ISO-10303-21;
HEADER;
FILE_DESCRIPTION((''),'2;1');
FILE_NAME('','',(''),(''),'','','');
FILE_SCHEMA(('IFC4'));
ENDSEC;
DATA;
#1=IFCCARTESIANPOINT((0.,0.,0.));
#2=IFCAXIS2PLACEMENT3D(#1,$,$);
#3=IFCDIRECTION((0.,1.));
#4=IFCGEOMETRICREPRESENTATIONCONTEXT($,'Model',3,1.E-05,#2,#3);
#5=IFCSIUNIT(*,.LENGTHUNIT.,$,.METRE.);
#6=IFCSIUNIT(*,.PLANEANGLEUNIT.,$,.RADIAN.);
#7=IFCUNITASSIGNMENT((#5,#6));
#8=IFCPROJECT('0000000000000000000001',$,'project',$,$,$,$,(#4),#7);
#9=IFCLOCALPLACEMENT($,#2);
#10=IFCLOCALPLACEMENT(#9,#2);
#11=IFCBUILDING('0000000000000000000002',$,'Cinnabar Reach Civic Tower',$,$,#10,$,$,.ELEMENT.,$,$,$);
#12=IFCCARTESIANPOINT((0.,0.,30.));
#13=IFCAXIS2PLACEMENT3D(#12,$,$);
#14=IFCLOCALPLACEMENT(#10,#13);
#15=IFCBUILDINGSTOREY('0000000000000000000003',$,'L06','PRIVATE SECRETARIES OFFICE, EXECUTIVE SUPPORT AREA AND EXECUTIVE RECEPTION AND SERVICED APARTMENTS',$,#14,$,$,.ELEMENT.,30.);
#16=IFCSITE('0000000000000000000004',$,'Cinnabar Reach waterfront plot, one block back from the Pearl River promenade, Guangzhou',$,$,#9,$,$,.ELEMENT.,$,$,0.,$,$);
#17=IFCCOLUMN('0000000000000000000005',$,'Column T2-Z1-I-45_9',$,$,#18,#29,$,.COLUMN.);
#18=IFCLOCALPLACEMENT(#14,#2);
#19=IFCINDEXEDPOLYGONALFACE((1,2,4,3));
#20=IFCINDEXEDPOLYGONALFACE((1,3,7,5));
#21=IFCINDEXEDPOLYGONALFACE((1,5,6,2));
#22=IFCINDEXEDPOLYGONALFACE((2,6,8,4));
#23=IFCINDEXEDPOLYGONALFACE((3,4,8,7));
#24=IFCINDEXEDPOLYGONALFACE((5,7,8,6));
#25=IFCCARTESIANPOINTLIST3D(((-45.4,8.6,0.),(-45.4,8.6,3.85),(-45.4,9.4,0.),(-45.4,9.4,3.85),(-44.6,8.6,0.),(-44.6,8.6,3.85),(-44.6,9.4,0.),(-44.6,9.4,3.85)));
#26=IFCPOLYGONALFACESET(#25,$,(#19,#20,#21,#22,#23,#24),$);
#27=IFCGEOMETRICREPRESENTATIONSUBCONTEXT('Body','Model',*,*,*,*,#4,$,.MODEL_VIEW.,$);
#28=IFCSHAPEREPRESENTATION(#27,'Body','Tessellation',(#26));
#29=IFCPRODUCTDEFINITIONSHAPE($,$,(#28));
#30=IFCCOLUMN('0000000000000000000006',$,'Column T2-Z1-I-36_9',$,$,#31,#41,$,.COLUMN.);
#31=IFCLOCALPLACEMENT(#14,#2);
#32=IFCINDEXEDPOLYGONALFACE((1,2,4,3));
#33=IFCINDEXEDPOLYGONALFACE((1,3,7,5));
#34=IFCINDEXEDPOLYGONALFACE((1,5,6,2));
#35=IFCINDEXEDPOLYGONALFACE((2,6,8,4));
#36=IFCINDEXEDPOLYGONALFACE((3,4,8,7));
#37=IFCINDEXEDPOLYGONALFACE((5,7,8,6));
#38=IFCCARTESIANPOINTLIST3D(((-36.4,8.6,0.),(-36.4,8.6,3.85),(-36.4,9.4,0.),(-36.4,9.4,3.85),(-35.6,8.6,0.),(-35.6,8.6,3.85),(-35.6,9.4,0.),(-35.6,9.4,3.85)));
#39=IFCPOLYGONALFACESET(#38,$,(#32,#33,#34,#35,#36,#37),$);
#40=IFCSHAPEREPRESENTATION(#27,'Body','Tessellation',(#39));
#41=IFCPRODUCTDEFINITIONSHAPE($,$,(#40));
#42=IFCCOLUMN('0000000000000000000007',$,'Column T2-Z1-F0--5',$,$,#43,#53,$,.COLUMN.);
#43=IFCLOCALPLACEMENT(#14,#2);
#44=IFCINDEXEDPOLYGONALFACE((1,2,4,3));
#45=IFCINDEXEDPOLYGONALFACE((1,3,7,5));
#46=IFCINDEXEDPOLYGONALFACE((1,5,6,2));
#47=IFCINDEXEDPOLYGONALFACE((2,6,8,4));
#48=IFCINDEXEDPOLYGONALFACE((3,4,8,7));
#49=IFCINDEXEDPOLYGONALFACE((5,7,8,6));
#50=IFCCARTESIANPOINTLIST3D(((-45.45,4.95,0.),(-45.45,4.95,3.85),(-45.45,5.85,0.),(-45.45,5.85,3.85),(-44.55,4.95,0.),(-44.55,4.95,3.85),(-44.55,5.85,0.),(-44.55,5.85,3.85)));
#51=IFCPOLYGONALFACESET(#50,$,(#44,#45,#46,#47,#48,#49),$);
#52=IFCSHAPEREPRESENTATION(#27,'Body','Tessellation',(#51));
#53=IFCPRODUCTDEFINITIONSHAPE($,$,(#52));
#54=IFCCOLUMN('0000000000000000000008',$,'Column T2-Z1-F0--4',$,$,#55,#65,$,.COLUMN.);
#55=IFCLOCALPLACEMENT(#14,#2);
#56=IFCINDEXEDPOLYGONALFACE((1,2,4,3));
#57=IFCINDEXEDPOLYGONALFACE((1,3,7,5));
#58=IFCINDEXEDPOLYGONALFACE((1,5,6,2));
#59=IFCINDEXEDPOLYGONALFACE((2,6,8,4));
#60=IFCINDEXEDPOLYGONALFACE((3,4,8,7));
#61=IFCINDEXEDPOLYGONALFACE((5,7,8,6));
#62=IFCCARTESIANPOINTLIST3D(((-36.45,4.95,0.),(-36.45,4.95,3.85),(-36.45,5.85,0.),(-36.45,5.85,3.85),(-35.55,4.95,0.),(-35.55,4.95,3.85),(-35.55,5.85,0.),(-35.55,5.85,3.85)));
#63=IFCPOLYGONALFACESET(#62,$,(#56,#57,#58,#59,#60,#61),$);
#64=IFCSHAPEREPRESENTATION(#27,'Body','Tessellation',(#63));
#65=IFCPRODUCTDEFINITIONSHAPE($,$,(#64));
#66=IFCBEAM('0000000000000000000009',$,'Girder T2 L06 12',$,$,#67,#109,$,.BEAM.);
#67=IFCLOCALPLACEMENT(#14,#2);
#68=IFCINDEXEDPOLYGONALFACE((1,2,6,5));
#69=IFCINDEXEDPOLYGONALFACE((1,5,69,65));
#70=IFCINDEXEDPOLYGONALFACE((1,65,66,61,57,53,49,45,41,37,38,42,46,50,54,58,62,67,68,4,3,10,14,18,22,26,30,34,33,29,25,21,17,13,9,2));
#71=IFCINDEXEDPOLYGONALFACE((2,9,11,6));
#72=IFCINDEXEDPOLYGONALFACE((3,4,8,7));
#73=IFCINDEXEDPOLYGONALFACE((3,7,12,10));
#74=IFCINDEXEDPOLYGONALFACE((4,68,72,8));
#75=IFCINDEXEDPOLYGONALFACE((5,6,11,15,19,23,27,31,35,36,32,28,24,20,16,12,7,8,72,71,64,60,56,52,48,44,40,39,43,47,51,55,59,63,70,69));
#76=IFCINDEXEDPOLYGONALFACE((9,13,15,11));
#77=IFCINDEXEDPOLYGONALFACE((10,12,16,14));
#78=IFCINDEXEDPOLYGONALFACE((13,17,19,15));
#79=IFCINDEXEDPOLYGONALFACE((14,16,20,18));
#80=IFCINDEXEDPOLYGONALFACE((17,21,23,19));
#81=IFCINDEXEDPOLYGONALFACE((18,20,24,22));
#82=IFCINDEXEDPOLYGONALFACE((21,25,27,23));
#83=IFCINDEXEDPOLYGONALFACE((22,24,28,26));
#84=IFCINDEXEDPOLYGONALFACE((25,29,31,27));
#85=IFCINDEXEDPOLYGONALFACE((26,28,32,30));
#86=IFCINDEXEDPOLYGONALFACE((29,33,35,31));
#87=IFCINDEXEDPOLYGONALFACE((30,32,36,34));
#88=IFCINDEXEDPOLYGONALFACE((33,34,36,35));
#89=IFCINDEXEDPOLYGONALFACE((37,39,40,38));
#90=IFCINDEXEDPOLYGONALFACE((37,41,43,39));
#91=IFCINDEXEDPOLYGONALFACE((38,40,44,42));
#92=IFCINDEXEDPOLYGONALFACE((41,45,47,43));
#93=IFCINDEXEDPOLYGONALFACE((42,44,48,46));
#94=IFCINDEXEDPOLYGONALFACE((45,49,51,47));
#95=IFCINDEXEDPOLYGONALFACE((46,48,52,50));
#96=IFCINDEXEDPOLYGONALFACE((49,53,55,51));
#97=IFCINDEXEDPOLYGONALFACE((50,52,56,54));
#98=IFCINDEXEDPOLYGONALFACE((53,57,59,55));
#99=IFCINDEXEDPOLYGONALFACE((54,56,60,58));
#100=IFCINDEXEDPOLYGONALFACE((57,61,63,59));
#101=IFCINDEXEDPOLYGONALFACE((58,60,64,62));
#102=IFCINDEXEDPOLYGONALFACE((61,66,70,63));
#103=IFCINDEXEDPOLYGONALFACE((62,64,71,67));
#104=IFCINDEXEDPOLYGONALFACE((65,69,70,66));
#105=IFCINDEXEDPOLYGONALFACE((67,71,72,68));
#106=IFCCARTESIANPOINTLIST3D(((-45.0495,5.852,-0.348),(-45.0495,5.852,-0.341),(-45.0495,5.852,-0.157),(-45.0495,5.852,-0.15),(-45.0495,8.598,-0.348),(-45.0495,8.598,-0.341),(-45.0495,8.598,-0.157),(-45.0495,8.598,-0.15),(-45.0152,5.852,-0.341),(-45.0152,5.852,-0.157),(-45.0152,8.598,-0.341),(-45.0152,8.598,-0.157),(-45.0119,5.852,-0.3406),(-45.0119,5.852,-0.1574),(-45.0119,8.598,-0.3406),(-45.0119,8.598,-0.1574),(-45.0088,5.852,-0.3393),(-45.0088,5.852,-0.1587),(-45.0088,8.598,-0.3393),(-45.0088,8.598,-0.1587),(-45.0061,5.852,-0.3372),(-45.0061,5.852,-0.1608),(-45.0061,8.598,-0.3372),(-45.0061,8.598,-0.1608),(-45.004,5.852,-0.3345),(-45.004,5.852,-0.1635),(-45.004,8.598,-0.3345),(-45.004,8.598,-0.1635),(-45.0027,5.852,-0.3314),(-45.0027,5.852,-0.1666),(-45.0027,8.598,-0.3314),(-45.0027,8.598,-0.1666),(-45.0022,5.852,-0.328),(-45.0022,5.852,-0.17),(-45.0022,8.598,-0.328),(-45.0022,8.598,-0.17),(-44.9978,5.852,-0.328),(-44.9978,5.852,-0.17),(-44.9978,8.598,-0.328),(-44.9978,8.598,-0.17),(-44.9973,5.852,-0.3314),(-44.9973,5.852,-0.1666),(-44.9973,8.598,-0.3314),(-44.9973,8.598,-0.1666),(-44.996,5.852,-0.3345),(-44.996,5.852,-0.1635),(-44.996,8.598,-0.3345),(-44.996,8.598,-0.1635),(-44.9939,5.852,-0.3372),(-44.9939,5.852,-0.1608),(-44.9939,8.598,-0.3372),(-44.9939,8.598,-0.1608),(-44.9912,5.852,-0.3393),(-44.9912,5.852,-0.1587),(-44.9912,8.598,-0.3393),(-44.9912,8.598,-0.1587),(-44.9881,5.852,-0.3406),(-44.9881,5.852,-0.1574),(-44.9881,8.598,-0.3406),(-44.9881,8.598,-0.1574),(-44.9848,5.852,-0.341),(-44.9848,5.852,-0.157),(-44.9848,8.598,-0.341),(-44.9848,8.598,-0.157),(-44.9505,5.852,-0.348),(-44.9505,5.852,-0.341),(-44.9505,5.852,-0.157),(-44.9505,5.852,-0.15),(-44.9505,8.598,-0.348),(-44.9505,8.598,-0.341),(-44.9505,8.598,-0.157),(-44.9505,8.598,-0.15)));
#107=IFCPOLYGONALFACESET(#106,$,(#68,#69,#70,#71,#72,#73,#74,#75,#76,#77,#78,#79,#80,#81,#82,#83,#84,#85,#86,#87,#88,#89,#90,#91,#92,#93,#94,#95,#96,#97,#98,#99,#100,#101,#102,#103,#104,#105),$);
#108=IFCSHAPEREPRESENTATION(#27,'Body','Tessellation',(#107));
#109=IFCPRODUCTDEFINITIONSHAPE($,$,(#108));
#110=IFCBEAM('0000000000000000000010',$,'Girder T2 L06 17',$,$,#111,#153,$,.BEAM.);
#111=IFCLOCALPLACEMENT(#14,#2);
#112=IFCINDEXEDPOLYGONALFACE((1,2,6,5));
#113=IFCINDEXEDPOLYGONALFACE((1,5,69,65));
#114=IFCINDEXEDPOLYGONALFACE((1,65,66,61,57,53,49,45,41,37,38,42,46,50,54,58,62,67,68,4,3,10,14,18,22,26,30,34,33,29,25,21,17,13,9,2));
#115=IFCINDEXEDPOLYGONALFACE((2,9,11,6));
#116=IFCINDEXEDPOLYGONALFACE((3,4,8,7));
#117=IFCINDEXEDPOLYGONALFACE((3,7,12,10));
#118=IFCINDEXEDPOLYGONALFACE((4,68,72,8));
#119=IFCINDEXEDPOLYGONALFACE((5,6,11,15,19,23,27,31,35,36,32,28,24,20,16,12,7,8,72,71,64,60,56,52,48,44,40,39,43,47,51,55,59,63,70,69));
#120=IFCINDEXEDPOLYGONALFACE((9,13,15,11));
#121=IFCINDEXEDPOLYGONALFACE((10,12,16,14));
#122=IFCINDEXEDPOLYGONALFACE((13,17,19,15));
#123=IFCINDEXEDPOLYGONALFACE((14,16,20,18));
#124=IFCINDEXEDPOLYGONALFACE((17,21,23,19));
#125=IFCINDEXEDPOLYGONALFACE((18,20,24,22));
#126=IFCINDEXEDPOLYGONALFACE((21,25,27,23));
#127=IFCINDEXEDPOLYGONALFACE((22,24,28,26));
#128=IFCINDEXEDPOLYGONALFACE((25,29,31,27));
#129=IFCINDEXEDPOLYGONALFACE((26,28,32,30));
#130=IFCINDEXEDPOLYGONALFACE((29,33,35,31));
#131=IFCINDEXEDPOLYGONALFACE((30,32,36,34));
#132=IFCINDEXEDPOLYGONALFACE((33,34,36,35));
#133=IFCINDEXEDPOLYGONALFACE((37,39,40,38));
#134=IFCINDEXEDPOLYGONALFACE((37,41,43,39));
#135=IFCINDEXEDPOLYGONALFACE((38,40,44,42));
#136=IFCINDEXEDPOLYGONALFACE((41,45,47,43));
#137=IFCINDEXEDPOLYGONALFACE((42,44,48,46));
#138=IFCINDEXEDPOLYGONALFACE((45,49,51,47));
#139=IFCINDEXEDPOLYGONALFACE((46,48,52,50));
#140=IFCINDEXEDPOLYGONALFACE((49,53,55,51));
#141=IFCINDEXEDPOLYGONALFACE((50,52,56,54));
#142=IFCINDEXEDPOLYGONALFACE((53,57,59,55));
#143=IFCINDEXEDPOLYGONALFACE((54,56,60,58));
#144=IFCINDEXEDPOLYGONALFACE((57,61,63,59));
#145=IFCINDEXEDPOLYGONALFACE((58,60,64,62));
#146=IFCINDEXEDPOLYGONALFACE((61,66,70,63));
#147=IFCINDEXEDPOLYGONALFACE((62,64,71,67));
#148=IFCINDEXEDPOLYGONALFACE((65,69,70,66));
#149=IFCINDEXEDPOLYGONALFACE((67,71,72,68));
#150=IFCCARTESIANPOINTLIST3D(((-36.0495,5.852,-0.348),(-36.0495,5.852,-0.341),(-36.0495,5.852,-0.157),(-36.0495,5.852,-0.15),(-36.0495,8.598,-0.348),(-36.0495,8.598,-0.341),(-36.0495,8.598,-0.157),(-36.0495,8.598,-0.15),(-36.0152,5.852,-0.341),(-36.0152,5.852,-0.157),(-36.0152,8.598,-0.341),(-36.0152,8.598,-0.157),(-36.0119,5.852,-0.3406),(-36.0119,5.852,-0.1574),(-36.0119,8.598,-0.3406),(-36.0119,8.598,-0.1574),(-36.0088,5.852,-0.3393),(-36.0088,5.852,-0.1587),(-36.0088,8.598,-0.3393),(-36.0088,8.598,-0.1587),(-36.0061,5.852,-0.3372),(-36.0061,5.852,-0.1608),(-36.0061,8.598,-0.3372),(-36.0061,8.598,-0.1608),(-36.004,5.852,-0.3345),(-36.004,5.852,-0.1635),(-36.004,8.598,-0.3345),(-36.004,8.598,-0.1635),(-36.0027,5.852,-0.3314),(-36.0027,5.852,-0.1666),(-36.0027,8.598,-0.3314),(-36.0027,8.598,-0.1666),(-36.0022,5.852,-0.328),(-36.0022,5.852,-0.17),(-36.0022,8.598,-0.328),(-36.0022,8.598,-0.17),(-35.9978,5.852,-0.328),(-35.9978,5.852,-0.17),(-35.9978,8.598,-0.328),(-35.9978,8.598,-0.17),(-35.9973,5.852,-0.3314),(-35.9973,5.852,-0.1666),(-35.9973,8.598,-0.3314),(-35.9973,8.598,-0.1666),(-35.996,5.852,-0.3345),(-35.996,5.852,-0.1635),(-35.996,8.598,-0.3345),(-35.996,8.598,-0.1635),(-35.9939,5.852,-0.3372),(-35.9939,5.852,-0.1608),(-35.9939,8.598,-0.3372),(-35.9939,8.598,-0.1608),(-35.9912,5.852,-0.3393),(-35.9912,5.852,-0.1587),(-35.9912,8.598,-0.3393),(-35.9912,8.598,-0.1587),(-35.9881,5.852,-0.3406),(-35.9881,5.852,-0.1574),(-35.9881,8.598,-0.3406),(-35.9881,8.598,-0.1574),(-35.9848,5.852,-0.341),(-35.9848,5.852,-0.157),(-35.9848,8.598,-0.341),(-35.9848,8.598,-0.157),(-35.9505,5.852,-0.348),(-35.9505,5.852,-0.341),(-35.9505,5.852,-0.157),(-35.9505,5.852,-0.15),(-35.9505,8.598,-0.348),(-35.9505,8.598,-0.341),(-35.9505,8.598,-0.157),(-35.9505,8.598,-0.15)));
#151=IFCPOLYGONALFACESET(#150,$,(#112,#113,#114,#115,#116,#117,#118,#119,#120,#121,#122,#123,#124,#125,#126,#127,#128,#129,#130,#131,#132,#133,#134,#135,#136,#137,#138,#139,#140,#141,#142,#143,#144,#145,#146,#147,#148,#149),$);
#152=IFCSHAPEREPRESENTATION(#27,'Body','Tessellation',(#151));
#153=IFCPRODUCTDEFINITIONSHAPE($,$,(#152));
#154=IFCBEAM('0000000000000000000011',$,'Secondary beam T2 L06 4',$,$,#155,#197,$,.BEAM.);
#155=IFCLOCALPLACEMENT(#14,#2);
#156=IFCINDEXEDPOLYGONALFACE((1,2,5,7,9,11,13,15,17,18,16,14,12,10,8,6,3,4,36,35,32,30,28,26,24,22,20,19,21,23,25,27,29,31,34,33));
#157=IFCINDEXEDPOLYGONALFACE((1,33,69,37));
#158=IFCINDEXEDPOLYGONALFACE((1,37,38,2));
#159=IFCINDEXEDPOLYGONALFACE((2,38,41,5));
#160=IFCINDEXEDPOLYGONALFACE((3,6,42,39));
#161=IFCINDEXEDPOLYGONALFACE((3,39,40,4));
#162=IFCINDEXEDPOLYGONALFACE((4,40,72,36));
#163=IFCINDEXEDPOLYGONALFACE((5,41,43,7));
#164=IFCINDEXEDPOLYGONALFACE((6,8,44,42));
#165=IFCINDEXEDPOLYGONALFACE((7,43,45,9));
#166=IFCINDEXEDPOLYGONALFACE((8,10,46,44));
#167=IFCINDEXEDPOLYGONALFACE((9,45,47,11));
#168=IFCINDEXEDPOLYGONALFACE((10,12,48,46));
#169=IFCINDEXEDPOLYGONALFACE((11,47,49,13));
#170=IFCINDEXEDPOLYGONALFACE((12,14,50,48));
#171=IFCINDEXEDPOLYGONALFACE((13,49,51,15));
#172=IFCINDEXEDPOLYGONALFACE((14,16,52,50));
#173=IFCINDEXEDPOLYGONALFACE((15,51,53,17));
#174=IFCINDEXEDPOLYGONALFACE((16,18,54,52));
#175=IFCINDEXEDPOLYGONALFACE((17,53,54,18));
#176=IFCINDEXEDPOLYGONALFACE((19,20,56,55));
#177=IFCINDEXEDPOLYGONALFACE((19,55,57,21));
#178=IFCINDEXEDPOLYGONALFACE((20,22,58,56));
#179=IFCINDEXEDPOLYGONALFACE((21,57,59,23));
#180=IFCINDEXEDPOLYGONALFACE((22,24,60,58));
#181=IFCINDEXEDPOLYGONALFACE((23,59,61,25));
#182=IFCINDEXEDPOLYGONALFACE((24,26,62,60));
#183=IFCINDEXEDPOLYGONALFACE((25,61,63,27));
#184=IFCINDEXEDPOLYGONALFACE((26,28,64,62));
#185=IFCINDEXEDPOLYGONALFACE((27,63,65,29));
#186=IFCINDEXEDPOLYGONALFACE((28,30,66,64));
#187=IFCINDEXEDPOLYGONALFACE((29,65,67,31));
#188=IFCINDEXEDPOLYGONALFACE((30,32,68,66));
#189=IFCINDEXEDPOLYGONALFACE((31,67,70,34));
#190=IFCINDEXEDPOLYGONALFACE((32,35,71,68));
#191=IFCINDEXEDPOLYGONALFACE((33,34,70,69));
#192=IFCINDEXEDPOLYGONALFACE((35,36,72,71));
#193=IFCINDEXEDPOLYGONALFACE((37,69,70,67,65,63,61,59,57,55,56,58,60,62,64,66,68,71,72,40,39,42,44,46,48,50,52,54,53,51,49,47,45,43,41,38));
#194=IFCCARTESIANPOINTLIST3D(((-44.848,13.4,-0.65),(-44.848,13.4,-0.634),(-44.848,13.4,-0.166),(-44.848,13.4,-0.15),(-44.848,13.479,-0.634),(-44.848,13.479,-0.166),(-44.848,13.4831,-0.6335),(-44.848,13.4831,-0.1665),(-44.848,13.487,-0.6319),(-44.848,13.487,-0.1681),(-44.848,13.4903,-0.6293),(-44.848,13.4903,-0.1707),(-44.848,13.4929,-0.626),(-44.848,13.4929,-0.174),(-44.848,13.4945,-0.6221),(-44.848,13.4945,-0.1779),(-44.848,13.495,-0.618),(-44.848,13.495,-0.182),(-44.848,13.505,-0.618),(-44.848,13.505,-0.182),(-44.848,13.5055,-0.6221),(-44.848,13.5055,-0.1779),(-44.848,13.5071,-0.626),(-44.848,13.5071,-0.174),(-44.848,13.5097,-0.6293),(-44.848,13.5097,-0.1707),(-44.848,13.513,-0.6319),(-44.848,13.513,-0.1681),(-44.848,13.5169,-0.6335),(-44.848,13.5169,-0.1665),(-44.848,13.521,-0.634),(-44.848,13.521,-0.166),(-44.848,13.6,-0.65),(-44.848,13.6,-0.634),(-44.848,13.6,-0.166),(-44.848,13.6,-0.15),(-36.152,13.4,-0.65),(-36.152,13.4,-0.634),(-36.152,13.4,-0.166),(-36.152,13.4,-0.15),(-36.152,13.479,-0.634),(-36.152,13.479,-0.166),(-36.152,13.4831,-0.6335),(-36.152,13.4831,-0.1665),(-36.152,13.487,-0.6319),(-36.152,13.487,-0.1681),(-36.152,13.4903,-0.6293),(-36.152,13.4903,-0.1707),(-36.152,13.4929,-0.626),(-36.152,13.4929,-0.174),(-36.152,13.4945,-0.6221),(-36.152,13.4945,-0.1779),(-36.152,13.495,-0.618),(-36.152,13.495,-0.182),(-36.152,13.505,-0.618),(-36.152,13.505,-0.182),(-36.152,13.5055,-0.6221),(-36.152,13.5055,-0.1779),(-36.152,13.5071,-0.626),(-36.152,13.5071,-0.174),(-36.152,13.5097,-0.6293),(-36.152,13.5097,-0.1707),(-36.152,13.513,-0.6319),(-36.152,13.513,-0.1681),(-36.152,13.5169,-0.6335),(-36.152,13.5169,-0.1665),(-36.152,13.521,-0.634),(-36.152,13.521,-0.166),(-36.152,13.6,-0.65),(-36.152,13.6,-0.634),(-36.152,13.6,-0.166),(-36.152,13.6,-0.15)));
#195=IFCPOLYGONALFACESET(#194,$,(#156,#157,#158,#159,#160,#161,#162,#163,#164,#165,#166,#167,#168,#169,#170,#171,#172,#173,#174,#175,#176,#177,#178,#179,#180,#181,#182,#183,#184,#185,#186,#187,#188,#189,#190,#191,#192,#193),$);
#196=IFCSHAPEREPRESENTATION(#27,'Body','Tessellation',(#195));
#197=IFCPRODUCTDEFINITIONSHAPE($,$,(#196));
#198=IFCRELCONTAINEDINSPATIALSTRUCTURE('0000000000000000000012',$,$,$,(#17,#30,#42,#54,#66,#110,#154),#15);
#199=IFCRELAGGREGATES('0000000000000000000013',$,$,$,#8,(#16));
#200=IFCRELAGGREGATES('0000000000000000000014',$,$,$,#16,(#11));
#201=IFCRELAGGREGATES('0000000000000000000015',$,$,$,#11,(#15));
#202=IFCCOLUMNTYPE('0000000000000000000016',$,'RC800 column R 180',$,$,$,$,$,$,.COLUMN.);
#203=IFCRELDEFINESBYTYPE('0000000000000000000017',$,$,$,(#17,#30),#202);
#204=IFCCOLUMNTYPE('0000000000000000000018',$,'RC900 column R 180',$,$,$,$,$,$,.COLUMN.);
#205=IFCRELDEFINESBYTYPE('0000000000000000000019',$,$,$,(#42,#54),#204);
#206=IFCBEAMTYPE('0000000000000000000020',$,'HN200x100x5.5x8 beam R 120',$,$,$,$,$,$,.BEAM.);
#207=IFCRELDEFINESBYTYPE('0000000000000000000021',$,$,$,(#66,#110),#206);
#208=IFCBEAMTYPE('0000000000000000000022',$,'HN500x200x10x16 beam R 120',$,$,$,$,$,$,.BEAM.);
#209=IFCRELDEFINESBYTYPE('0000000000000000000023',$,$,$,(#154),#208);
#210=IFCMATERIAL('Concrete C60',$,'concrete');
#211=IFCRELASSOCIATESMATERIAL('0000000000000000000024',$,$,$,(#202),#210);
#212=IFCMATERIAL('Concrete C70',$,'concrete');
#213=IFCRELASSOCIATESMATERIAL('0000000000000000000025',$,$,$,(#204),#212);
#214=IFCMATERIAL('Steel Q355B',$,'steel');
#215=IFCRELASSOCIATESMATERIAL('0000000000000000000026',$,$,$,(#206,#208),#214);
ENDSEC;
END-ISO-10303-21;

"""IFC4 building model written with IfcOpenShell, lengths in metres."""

from ifc_helpers import new_model, si_unit, direction, frame, origin, origin_2d, place, context, subcontext, project, spatial, rectangle, i_section, extrude, material, material_profile, profile_set, type_object, element, save


model = new_model("IFC4")

# Units and contexts
model_context = context("Model", 3, precision=1e-05, world=origin(), true_north=direction((0.0, 1.0)))
body_context = subcontext(model_context, "Body", "Model", "MODEL_VIEW")
ifc_project = project(units=[si_unit("LENGTHUNIT", "METRE"), si_unit("PLANEANGLEUNIT", "RADIAN")], contexts=[model_context])

# Site, building, storey
site_placement = place(None, origin())
site = spatial("IfcSite", under=ifc_project, at=site_placement, Name="Cinnabar Reach waterfront plot, one block back from the Pearl River promenade, Guangzhou", CompositionType="ELEMENT", RefElevation=0.0)
building_placement = place(site_placement, origin())
building = spatial("IfcBuilding", under=site, at=building_placement, Name="Cinnabar Reach Civic Tower", CompositionType="ELEMENT")
storey_placement = place(building_placement, frame((0.0, 0.0, 30.0)))
storey = spatial("IfcBuildingStorey", under=building, at=storey_placement, Name="L06", Description="PRIVATE SECRETARIES OFFICE, EXECUTIVE SUPPORT AREA AND EXECUTIVE RECEPTION AND SERVICED APARTMENTS", CompositionType="ELEMENT", Elevation=30.0)

# Columns
ifc_material_1 = material(Name="Concrete C60", Category="concrete")
ifc_material_profile_1 = material_profile(ifc_material_1, rectangle(XDim=0.8, YDim=0.8, at=origin_2d()), Name="RC800")
ifc_profile_set_1 = profile_set([ifc_material_profile_1], Name="Concrete C60")
column_type_1 = type_object("IfcColumnType", Name="RC800 column R 180", PredefinedType="COLUMN", material=ifc_profile_set_1)
for number, where, z_axis, x_axis, name in (
    (1, (-45.0, 9.0, 0.0), (0.0, 0.0, 1.0), (1.0, 0.0, 0.0), "Column T2-Z1-I-45_9"),
    (2, (-36.0, 9.0, 0.0), (0.0, 0.0, 1.0), (1.0, 0.0, 0.0), "Column T2-Z1-I-36_9"),
):
    element("IfcColumn", number, at=place(storey_placement, frame(where, z_axis=z_axis, x_axis=x_axis)), inside=storey, type_object=column_type_1, Name=name, PredefinedType="COLUMN", context=body_context, shape_type="SweptSolid", body=[
        extrude(rectangle(XDim=0.8, YDim=0.8, at=origin_2d()), origin(), (0.0, 0.0, 1.0), 3.85),
    ])
ifc_material_2 = material(Name="Concrete C70", Category="concrete")
ifc_material_profile_2 = material_profile(ifc_material_2, rectangle(XDim=0.9, YDim=0.9, at=origin_2d()), Name="RC900")
ifc_profile_set_2 = profile_set([ifc_material_profile_2], Name="Concrete C70")
column_type_2 = type_object("IfcColumnType", Name="RC900 column R 180", PredefinedType="COLUMN", material=ifc_profile_set_2)
for number, where, z_axis, x_axis, name in (
    (3, (-45.0, 5.4, 0.0), (0.0, 0.0, 1.0), (1.0, 0.0, 0.0), "Column T2-Z1-F0--5"),
    (4, (-36.0, 5.4, 0.0), (0.0, 0.0, 1.0), (1.0, 0.0, 0.0), "Column T2-Z1-F0--4"),
):
    element("IfcColumn", number, at=place(storey_placement, frame(where, z_axis=z_axis, x_axis=x_axis)), inside=storey, type_object=column_type_2, Name=name, PredefinedType="COLUMN", context=body_context, shape_type="SweptSolid", body=[
        extrude(rectangle(XDim=0.9, YDim=0.9, at=origin_2d()), origin(), (0.0, 0.0, 1.0), 3.85),
    ])

# Beams
ifc_material_3 = material(Name="Steel Q355B", Category="steel")
ifc_material_profile_3 = material_profile(ifc_material_3, i_section(OverallWidth=0.099, OverallDepth=0.198, WebThickness=0.0045, FlangeThickness=0.007, FilletRadius=0.013, at=origin_2d()), Name="HN200x100x5.5x8")
ifc_profile_set_3 = profile_set([ifc_material_profile_3], Name="Steel Q355B")
beam_type_1 = type_object("IfcBeamType", Name="HN200x100x5.5x8 beam R 120", PredefinedType="BEAM", material=ifc_profile_set_3)
for number, where, z_axis, x_axis, name in (
    (5, (-45.0, 5.852, -0.249), (0.0, 1.0, 0.0), (-1.0, 0.0, 0.0), "Girder T2 L06 12"),
    (6, (-36.0, 5.852, -0.249), (0.0, 1.0, 0.0), (-1.0, 0.0, 0.0), "Girder T2 L06 17"),
):
    element("IfcBeam", number, at=place(storey_placement, frame(where, z_axis=z_axis, x_axis=x_axis)), inside=storey, type_object=beam_type_1, Name=name, PredefinedType="BEAM", context=body_context, shape_type="SweptSolid", body=[
        extrude(i_section(OverallWidth=0.099, OverallDepth=0.198, WebThickness=0.0045, FlangeThickness=0.007, FilletRadius=0.013, at=origin_2d()), origin(), (0.0, 0.0, 1.0), 2.746),
    ])
ifc_material_profile_4 = material_profile(ifc_material_3, i_section(OverallWidth=0.2, OverallDepth=0.5, WebThickness=0.01, FlangeThickness=0.016, FilletRadius=0.016, at=origin_2d()), Name="HN500x200x10x16")
ifc_profile_set_4 = profile_set([ifc_material_profile_4], Name="Steel Q355B")
beam_type_2 = type_object("IfcBeamType", Name="HN500x200x10x16 beam R 120", PredefinedType="BEAM", material=ifc_profile_set_4)
beam_1_placement = place(storey_placement, frame((-44.848, 13.5, -0.4), z_axis=(1.0, 0.0, 0.0), x_axis=(0.0, 1.0, 0.0)))
element("IfcBeam", 7, at=beam_1_placement, inside=storey, type_object=beam_type_2, Name="Secondary beam T2 L06 4", PredefinedType="BEAM", context=body_context, shape_type="SweptSolid", body=[
    extrude(i_section(OverallWidth=0.2, OverallDepth=0.5, WebThickness=0.01, FlangeThickness=0.016, FilletRadius=0.016, at=origin_2d()), origin(), (0.0, 0.0, 1.0), 8.696),
])

save(model, "model.ifc")
